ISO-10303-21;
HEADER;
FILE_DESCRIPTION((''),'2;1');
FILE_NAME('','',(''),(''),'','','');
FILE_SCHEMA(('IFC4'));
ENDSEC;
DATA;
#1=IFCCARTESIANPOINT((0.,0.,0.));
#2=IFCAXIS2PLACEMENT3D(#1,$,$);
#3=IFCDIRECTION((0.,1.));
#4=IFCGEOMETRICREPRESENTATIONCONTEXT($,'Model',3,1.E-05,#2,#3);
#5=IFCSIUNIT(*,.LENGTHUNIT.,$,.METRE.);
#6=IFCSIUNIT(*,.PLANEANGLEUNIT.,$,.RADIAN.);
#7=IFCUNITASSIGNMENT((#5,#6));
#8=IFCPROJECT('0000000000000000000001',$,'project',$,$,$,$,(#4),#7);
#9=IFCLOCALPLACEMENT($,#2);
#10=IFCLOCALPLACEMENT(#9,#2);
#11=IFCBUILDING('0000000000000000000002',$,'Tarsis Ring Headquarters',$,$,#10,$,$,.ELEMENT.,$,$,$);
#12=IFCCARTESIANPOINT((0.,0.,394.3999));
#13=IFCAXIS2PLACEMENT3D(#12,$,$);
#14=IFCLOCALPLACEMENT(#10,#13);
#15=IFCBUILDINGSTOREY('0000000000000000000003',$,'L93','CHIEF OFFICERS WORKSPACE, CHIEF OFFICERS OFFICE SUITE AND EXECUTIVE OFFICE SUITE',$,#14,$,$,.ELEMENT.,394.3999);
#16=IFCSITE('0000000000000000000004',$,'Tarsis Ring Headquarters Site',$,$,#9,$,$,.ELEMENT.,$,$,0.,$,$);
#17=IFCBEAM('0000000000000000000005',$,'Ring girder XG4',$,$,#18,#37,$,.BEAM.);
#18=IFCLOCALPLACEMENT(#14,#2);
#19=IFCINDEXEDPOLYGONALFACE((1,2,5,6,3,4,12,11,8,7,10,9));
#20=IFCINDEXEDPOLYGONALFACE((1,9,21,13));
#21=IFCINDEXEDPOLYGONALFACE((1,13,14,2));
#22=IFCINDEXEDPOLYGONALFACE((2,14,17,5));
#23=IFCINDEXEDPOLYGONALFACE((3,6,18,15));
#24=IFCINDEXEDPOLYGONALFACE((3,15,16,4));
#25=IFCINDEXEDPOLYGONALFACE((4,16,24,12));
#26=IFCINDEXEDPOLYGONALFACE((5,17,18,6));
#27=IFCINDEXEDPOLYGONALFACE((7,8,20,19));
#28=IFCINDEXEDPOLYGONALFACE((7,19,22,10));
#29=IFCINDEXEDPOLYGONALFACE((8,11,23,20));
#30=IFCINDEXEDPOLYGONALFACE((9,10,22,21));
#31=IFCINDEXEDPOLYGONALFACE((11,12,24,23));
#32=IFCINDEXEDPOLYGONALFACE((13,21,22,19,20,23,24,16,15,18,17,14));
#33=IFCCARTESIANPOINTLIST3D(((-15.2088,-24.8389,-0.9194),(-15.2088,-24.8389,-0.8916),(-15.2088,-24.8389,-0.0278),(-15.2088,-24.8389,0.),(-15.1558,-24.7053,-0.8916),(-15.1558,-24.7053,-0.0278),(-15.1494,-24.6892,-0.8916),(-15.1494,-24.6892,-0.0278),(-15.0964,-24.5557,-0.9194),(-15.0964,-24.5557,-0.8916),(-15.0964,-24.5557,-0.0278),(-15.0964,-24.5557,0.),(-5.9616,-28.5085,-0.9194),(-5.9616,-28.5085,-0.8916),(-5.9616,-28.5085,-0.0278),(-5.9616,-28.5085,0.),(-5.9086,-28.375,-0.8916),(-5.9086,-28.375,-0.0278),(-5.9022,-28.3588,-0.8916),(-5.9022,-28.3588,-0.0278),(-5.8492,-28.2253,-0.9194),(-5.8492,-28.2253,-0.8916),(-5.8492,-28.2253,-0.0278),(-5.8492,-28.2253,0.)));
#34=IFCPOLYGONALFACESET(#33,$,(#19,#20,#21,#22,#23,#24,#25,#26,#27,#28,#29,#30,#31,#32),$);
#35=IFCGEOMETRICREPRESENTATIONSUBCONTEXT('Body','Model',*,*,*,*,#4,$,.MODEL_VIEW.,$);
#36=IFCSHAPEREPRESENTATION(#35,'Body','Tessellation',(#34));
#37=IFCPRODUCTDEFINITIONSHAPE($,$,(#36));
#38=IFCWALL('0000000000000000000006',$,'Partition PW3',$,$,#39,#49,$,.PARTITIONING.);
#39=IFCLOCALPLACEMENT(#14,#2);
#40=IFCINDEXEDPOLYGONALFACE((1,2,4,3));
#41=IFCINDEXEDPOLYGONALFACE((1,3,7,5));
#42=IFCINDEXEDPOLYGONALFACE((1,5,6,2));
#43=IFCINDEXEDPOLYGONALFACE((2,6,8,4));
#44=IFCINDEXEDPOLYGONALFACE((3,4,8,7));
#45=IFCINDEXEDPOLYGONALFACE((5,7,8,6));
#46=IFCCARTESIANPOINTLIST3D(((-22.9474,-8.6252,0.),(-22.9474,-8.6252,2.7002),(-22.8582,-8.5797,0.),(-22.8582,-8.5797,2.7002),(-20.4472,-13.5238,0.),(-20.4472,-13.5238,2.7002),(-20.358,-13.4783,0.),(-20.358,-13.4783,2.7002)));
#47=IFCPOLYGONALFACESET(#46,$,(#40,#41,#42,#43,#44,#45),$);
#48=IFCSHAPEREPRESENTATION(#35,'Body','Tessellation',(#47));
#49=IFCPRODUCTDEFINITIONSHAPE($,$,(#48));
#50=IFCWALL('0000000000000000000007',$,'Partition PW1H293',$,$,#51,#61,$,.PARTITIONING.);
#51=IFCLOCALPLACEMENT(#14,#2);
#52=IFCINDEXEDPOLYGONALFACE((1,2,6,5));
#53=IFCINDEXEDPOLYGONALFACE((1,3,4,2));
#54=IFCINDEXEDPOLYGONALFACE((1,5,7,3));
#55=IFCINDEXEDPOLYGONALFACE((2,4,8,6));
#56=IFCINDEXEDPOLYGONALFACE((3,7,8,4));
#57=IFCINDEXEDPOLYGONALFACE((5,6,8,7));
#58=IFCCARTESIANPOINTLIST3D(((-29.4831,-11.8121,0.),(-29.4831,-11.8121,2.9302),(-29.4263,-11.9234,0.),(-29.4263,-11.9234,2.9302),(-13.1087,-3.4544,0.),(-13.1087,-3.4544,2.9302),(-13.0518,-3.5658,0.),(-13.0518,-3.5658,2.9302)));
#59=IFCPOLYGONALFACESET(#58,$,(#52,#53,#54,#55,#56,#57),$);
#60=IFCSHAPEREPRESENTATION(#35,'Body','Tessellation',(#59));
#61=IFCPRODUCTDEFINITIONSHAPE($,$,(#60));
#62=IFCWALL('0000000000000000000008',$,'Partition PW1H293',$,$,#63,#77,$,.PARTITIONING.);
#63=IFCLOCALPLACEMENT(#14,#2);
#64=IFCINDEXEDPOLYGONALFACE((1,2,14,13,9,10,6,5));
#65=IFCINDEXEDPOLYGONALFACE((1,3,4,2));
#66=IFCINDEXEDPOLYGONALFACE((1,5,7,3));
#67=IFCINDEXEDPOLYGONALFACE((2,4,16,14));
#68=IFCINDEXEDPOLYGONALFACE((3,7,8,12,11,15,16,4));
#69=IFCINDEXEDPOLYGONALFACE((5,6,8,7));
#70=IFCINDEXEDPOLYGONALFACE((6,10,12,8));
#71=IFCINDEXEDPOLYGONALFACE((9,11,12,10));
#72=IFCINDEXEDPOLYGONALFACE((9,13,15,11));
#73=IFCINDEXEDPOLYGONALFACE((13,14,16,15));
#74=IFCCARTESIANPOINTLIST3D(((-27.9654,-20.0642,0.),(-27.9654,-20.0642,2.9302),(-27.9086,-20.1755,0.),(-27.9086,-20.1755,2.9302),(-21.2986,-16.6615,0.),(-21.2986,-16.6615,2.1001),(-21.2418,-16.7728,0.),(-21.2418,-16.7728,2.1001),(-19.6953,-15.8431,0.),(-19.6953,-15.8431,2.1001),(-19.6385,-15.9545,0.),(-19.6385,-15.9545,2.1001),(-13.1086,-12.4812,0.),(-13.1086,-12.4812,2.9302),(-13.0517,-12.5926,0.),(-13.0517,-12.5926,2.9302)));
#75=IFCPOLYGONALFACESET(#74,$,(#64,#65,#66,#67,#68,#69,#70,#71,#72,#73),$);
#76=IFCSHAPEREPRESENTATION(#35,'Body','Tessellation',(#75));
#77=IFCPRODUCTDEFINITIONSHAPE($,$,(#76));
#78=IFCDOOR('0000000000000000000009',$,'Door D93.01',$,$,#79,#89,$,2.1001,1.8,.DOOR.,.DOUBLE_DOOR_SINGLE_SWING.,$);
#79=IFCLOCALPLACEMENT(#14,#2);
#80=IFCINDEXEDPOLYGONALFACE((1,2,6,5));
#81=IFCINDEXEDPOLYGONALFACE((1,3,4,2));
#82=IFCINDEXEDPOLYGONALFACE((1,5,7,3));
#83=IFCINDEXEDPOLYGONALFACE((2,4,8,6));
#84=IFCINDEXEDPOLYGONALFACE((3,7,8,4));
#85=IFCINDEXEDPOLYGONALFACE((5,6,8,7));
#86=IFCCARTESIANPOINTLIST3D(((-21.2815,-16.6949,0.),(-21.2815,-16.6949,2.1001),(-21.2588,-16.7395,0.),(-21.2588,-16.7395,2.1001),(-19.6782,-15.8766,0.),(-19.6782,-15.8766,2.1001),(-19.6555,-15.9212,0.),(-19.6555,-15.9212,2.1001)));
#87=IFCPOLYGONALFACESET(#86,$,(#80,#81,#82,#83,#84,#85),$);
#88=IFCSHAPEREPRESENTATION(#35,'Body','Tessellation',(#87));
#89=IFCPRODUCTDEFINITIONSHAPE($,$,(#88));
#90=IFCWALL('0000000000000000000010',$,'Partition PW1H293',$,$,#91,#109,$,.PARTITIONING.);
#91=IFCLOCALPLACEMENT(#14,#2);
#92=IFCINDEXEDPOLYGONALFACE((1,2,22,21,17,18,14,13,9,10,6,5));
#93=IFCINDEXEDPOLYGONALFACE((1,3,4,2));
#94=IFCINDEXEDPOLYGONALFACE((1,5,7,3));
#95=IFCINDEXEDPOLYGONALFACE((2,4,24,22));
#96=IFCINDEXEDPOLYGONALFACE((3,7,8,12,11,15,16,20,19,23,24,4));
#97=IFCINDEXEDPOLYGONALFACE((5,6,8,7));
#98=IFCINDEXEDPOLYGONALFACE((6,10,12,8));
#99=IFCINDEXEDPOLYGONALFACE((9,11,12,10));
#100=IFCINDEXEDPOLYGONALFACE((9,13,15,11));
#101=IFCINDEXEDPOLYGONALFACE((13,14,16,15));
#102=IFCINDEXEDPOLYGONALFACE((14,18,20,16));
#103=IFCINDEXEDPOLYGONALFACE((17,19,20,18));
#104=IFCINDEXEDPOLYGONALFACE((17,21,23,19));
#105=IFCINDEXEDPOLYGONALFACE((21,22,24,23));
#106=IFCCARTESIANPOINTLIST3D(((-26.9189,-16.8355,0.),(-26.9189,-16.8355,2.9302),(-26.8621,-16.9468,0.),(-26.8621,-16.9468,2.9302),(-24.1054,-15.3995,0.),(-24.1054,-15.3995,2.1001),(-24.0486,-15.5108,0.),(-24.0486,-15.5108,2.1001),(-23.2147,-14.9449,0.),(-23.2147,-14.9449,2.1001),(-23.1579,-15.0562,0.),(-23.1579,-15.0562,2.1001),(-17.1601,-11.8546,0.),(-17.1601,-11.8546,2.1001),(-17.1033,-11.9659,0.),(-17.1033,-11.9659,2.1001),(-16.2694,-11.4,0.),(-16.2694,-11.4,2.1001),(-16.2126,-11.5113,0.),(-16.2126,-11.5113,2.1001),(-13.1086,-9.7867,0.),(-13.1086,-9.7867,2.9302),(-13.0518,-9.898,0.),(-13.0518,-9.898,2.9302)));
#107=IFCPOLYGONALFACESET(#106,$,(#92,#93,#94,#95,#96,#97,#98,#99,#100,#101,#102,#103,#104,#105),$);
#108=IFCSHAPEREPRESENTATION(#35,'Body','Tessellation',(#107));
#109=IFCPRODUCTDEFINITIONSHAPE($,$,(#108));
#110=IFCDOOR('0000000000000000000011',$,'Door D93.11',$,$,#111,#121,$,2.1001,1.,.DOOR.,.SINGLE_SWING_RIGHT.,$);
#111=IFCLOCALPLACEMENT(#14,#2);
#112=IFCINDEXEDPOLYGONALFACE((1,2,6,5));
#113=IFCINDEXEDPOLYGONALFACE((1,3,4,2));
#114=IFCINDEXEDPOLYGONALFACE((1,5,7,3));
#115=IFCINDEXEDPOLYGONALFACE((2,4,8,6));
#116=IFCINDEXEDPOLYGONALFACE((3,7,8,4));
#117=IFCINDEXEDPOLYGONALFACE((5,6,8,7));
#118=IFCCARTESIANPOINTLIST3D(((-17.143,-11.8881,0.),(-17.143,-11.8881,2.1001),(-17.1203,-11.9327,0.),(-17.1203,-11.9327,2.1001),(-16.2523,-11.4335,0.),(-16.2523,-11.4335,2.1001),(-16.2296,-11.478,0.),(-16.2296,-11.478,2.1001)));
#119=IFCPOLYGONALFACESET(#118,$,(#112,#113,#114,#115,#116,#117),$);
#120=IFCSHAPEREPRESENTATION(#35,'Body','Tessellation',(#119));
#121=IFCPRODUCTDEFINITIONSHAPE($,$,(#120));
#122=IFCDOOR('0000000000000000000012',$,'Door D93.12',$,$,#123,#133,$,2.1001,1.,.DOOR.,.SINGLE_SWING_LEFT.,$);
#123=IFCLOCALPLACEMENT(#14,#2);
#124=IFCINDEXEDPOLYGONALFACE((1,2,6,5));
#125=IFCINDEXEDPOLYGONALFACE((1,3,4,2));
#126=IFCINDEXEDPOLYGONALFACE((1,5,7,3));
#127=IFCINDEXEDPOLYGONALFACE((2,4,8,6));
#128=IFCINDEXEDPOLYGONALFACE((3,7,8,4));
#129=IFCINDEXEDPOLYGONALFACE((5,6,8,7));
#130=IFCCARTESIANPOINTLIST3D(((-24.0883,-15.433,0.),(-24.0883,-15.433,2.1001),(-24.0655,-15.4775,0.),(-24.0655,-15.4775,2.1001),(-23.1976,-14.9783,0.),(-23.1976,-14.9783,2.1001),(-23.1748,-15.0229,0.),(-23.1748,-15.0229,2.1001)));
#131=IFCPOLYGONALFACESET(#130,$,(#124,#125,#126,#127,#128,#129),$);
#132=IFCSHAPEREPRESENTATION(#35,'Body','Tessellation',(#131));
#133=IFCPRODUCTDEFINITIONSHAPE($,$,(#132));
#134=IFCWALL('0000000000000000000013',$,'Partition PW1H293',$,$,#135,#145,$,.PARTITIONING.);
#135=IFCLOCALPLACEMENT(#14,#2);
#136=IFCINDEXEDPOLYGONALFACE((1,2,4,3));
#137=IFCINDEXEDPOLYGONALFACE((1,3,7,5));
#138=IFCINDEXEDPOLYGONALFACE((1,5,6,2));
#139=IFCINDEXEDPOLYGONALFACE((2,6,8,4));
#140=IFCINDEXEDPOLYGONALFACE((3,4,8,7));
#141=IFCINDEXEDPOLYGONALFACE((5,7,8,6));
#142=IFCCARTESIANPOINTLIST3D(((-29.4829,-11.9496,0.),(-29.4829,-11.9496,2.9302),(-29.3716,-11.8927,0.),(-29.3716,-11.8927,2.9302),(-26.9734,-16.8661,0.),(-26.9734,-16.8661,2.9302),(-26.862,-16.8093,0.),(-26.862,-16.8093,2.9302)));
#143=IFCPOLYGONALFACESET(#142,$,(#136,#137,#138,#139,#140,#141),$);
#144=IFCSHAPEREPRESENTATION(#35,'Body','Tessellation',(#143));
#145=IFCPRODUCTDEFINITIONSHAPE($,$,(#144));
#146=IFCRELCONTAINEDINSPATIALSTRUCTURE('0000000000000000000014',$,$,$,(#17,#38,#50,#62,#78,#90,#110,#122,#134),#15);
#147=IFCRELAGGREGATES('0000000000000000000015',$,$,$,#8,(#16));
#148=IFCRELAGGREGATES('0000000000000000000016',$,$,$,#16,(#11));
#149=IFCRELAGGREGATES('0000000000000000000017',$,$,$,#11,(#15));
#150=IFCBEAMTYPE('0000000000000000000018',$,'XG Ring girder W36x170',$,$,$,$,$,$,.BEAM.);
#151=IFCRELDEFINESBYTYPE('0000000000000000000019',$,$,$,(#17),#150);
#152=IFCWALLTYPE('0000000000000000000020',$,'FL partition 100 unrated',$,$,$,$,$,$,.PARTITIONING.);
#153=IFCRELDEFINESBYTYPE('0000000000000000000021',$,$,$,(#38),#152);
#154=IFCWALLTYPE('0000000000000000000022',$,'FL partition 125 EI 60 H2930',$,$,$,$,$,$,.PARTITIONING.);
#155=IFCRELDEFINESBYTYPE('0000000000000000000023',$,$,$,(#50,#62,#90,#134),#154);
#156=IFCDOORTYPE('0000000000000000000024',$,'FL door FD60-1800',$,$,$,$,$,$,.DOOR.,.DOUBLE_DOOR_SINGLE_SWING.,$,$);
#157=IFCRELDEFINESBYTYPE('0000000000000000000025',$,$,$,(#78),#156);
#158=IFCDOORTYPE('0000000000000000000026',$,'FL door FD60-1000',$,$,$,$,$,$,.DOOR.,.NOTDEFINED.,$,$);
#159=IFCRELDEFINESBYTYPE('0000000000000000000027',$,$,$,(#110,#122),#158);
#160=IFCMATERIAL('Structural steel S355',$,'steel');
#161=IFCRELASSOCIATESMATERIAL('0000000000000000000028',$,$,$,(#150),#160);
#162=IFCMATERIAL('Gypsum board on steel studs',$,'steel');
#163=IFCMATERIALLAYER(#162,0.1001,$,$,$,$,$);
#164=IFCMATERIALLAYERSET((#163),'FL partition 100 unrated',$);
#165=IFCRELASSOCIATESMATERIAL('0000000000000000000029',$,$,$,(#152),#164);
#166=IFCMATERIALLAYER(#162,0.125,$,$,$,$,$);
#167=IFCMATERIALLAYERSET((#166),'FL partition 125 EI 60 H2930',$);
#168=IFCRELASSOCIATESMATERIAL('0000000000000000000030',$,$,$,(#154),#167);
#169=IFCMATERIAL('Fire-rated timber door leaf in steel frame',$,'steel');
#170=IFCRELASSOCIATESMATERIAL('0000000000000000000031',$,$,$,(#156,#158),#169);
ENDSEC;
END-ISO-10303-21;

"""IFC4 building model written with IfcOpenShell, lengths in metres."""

from ifc_helpers import new_model, si_unit, direction, frame, frame_2d, origin, origin_2d, place, context, subcontext, project, spatial, rectangle, i_section, extrude, material, layer, layer_set, material_profile, profile_set, type_object, element, fill, save


model = new_model("IFC4")

# Units and contexts
model_context = context("Model", 3, precision=1e-05, world=origin(), true_north=direction((0.0, 1.0)))
body_context = subcontext(model_context, "Body", "Model", "MODEL_VIEW")
ifc_project = project(units=[si_unit("LENGTHUNIT", "METRE"), si_unit("PLANEANGLEUNIT", "RADIAN")], contexts=[model_context])

# Site, building, storey
site_placement = place(None, origin())
site = spatial("IfcSite", under=ifc_project, at=site_placement, Name="Tarsis Ring Headquarters Site", CompositionType="ELEMENT", RefElevation=0.0)
building_placement = place(site_placement, origin())
building = spatial("IfcBuilding", under=site, at=building_placement, Name="Tarsis Ring Headquarters", CompositionType="ELEMENT")
storey_placement = place(building_placement, frame((0.0, 0.0, 394.3999)))
storey = spatial("IfcBuildingStorey", under=building, at=storey_placement, Name="L93", Description="CHIEF OFFICERS WORKSPACE, CHIEF OFFICERS OFFICE SUITE AND EXECUTIVE OFFICE SUITE", CompositionType="ELEMENT", Elevation=394.3999)

# Shared definitions
ifc_material_1 = material(Name="Structural steel S355", Category="steel")

# Beam
ifc_material_profile_1 = material_profile(ifc_material_1, i_section(OverallWidth=0.3047, OverallDepth=0.9194, WebThickness=0.0173, FlangeThickness=0.0278, at=origin_2d()), Name="W36x170")
ifc_profile_set_1 = profile_set([ifc_material_profile_1], Name="Structural steel S355")
beam_type = type_object("IfcBeamType", Name="XG Ring girder W36x170", PredefinedType="BEAM", material=ifc_profile_set_1)
beam_1_placement = place(storey_placement, frame((-15.1526, -24.6973, -0.4597), z_axis=(0.929487, -0.368855, 0.0), x_axis=(0.368855, 0.929487, 0.0)))
element("IfcBeam", 1, at=beam_1_placement, inside=storey, type_object=beam_type, Name="Ring girder XG4", PredefinedType="BEAM", context=body_context, shape_type="SweptSolid", body=[
    extrude(i_section(OverallWidth=0.3047, OverallDepth=0.9194, WebThickness=0.0173, FlangeThickness=0.0278, at=origin_2d()), origin(), (0.0, 0.0, 1.0), 9.9487),
])

# Walls
ifc_material_2 = material(Name="Gypsum board on steel studs", Category="steel")
ifc_layer_1 = layer(ifc_material_2, 0.1001)
ifc_layer_set_1 = layer_set([ifc_layer_1], Name="FL partition 100 unrated")
wall_type_1 = type_object("IfcWallType", Name="FL partition 100 unrated", PredefinedType="PARTITIONING", material=ifc_layer_set_1)
wall_1_placement = place(storey_placement, frame((-22.9028, -8.6023, 0.0), z_axis=(0.0, 0.0, 1.0), x_axis=(0.454603, -0.890694, 0.0)))
element("IfcWall", 2, at=wall_1_placement, inside=storey, type_object=wall_type_1, Name="Partition PW3", PredefinedType="PARTITIONING", context=body_context, shape_type="SweptSolid", body=[
    extrude(rectangle(XDim=5.4998, YDim=0.1001, at=frame_2d((2.75, 0.0))), origin(), (0.0, 0.0, 1.0), 2.7002),
])
ifc_layer_2 = layer(ifc_material_2, 0.125)
ifc_layer_set_2 = layer_set([ifc_layer_2], Name="FL partition 125 EI 60 H2930")
wall_type_2 = type_object("IfcWallType", Name="FL partition 125 EI 60 H2930", PredefinedType="PARTITIONING", material=ifc_layer_set_2)
wall_2_placement = place(storey_placement, frame((-29.4546, -11.8677, 0.0), z_axis=(0.0, 0.0, 1.0), x_axis=(0.890689, 0.454614, 0.0)))
element("IfcWall", 3, at=wall_2_placement, inside=storey, type_object=wall_type_2, Name="Partition PW1H293", PredefinedType="PARTITIONING", context=body_context, shape_type="SweptSolid", body=[
    extrude(rectangle(XDim=18.384, YDim=0.125, at=frame_2d((9.1919, 0.0))), origin(), (0.0, 0.0, 1.0), 2.9302),
])

# Wall, opening, door
wall_3_placement = place(storey_placement, frame((-27.937, -20.1199, 0.0), z_axis=(0.0, 0.0, 1.0), x_axis=(0.890691, 0.45461, 0.0)))
wall_3 = element("IfcWall", 4, at=wall_3_placement, inside=storey, type_object=wall_type_2, Name="Partition PW1H293", PredefinedType="PARTITIONING", context=body_context, shape_type="SweptSolid", body=[
    extrude(rectangle(XDim=16.6802, YDim=0.125, at=frame_2d((8.3401, 0.0))), origin(), (0.0, 0.0, 1.0), 2.9302),
])
opening_1_placement = place(wall_3_placement, frame((7.4851, 0.0, 0.0)))
opening_1 = element("IfcOpeningElement", 5, at=opening_1_placement, cuts=wall_3, PredefinedType="OPENING", context=body_context, shape_type="SweptSolid", body=[
    extrude(rectangle(XDim=1.8, YDim=2.1001, at=frame_2d((0.8999, 1.05))), frame((0.0, 0.0725, 0.0), z_axis=(0.0, -1.0, 0.0), x_axis=(1.0, 0.0, 0.0)), (0.0, 0.0, 1.0), 0.145),
])
ifc_material_3 = material(Name="Fire-rated timber door leaf in steel frame", Category="steel")
door_type_1 = type_object("IfcDoorType", Name="FL door FD60-1800", OperationType="DOUBLE_DOOR_SINGLE_SWING", PredefinedType="DOOR", material=ifc_material_3)
door_1_placement = place(opening_1_placement, origin())
door_1 = element("IfcDoor", 6, at=door_1_placement, inside=storey, type_object=door_type_1, Name="Door D93.01", OperationType="DOUBLE_DOOR_SINGLE_SWING", OverallHeight=2.1001, OverallWidth=1.8, PredefinedType="DOOR", context=body_context, shape_type="SweptSolid", body=[
    extrude(rectangle(XDim=1.8, YDim=2.1001, at=frame_2d((0.8999, 1.05))), frame((0.0, 0.0249, 0.0), z_axis=(0.0, -1.0, 0.0), x_axis=(1.0, 0.0, 0.0)), (0.0, 0.0, 1.0), 0.05),
])
fill(opening_1, door_1)

# Wall, openings, doors
wall_4_placement = place(storey_placement, frame((-26.8904, -16.8911, 0.0), z_axis=(0.0, 0.0, 1.0), x_axis=(0.89069, 0.454611, 0.0)))
wall_4 = element("IfcWall", 7, at=wall_4_placement, inside=storey, type_object=wall_type_2, Name="Partition PW1H293", PredefinedType="PARTITIONING", context=body_context, shape_type="SweptSolid", body=[
    extrude(rectangle(XDim=15.5051, YDim=0.125, at=frame_2d((7.7524, 0.0))), origin(), (0.0, 0.0, 1.0), 2.9302),
])
opening_2_placement = place(wall_4_placement, frame((10.9563, 0.0, 0.0)))
opening_2 = element("IfcOpeningElement", 8, at=opening_2_placement, cuts=wall_4, PredefinedType="OPENING", context=body_context, shape_type="SweptSolid", body=[
    extrude(rectangle(XDim=1.0, YDim=2.1001, at=frame_2d((0.5, 1.05))), frame((0.0, 0.0725, 0.0), z_axis=(0.0, -1.0, 0.0), x_axis=(1.0, 0.0, 0.0)), (0.0, 0.0, 1.0), 0.145),
])
opening_3_placement = place(wall_4_placement, frame((3.1587, 0.0, 0.0)))
opening_3 = element("IfcOpeningElement", 9, at=opening_3_placement, cuts=wall_4, PredefinedType="OPENING", context=body_context, shape_type="SweptSolid", body=[
    extrude(rectangle(XDim=1.0, YDim=2.1001, at=frame_2d((0.5, 1.05))), frame((0.0, 0.0725, 0.0), z_axis=(0.0, -1.0, 0.0), x_axis=(1.0, 0.0, 0.0)), (0.0, 0.0, 1.0), 0.145),
])
door_type_2 = type_object("IfcDoorType", Name="FL door FD60-1000", OperationType="NOTDEFINED", PredefinedType="DOOR", material=ifc_material_3)
door_2_placement = place(opening_2_placement, origin())
door_2 = element("IfcDoor", 10, at=door_2_placement, inside=storey, type_object=door_type_2, Name="Door D93.11", OperationType="SINGLE_SWING_RIGHT", OverallHeight=2.1001, OverallWidth=1.0, PredefinedType="DOOR", context=body_context, shape_type="SweptSolid", body=[
    extrude(rectangle(XDim=1.0, YDim=2.1001, at=frame_2d((0.5, 1.05))), frame((0.0, 0.0249, 0.0), z_axis=(0.0, -1.0, 0.0), x_axis=(1.0, 0.0, 0.0)), (0.0, 0.0, 1.0), 0.05),
])
fill(opening_2, door_2)
door_3_placement = place(opening_3_placement, origin())
door_3 = element("IfcDoor", 11, at=door_3_placement, inside=storey, type_object=door_type_2, Name="Door D93.12", OperationType="SINGLE_SWING_LEFT", OverallHeight=2.1001, OverallWidth=1.0, PredefinedType="DOOR", context=body_context, shape_type="SweptSolid", body=[
    extrude(rectangle(XDim=1.0, YDim=2.1001, at=frame_2d((0.5, 1.05))), frame((0.0, 0.0249, 0.0), z_axis=(0.0, -1.0, 0.0), x_axis=(1.0, 0.0, 0.0)), (0.0, 0.0, 1.0), 0.05),
])
fill(opening_3, door_3)

# Wall
wall_5_placement = place(storey_placement, frame((-29.4272, -11.9211, 0.0), z_axis=(0.0, 0.0, 1.0), x_axis=(0.454629, -0.890681, 0.0)))
element("IfcWall", 12, at=wall_5_placement, inside=storey, type_object=wall_type_2, Name="Partition PW1H293", PredefinedType="PARTITIONING", context=body_context, shape_type="SweptSolid", body=[
    extrude(rectangle(XDim=5.52, YDim=0.125, at=frame_2d((2.76, 0.0))), origin(), (0.0, 0.0, 1.0), 2.9302),
])

save(model, "model.ifc")
